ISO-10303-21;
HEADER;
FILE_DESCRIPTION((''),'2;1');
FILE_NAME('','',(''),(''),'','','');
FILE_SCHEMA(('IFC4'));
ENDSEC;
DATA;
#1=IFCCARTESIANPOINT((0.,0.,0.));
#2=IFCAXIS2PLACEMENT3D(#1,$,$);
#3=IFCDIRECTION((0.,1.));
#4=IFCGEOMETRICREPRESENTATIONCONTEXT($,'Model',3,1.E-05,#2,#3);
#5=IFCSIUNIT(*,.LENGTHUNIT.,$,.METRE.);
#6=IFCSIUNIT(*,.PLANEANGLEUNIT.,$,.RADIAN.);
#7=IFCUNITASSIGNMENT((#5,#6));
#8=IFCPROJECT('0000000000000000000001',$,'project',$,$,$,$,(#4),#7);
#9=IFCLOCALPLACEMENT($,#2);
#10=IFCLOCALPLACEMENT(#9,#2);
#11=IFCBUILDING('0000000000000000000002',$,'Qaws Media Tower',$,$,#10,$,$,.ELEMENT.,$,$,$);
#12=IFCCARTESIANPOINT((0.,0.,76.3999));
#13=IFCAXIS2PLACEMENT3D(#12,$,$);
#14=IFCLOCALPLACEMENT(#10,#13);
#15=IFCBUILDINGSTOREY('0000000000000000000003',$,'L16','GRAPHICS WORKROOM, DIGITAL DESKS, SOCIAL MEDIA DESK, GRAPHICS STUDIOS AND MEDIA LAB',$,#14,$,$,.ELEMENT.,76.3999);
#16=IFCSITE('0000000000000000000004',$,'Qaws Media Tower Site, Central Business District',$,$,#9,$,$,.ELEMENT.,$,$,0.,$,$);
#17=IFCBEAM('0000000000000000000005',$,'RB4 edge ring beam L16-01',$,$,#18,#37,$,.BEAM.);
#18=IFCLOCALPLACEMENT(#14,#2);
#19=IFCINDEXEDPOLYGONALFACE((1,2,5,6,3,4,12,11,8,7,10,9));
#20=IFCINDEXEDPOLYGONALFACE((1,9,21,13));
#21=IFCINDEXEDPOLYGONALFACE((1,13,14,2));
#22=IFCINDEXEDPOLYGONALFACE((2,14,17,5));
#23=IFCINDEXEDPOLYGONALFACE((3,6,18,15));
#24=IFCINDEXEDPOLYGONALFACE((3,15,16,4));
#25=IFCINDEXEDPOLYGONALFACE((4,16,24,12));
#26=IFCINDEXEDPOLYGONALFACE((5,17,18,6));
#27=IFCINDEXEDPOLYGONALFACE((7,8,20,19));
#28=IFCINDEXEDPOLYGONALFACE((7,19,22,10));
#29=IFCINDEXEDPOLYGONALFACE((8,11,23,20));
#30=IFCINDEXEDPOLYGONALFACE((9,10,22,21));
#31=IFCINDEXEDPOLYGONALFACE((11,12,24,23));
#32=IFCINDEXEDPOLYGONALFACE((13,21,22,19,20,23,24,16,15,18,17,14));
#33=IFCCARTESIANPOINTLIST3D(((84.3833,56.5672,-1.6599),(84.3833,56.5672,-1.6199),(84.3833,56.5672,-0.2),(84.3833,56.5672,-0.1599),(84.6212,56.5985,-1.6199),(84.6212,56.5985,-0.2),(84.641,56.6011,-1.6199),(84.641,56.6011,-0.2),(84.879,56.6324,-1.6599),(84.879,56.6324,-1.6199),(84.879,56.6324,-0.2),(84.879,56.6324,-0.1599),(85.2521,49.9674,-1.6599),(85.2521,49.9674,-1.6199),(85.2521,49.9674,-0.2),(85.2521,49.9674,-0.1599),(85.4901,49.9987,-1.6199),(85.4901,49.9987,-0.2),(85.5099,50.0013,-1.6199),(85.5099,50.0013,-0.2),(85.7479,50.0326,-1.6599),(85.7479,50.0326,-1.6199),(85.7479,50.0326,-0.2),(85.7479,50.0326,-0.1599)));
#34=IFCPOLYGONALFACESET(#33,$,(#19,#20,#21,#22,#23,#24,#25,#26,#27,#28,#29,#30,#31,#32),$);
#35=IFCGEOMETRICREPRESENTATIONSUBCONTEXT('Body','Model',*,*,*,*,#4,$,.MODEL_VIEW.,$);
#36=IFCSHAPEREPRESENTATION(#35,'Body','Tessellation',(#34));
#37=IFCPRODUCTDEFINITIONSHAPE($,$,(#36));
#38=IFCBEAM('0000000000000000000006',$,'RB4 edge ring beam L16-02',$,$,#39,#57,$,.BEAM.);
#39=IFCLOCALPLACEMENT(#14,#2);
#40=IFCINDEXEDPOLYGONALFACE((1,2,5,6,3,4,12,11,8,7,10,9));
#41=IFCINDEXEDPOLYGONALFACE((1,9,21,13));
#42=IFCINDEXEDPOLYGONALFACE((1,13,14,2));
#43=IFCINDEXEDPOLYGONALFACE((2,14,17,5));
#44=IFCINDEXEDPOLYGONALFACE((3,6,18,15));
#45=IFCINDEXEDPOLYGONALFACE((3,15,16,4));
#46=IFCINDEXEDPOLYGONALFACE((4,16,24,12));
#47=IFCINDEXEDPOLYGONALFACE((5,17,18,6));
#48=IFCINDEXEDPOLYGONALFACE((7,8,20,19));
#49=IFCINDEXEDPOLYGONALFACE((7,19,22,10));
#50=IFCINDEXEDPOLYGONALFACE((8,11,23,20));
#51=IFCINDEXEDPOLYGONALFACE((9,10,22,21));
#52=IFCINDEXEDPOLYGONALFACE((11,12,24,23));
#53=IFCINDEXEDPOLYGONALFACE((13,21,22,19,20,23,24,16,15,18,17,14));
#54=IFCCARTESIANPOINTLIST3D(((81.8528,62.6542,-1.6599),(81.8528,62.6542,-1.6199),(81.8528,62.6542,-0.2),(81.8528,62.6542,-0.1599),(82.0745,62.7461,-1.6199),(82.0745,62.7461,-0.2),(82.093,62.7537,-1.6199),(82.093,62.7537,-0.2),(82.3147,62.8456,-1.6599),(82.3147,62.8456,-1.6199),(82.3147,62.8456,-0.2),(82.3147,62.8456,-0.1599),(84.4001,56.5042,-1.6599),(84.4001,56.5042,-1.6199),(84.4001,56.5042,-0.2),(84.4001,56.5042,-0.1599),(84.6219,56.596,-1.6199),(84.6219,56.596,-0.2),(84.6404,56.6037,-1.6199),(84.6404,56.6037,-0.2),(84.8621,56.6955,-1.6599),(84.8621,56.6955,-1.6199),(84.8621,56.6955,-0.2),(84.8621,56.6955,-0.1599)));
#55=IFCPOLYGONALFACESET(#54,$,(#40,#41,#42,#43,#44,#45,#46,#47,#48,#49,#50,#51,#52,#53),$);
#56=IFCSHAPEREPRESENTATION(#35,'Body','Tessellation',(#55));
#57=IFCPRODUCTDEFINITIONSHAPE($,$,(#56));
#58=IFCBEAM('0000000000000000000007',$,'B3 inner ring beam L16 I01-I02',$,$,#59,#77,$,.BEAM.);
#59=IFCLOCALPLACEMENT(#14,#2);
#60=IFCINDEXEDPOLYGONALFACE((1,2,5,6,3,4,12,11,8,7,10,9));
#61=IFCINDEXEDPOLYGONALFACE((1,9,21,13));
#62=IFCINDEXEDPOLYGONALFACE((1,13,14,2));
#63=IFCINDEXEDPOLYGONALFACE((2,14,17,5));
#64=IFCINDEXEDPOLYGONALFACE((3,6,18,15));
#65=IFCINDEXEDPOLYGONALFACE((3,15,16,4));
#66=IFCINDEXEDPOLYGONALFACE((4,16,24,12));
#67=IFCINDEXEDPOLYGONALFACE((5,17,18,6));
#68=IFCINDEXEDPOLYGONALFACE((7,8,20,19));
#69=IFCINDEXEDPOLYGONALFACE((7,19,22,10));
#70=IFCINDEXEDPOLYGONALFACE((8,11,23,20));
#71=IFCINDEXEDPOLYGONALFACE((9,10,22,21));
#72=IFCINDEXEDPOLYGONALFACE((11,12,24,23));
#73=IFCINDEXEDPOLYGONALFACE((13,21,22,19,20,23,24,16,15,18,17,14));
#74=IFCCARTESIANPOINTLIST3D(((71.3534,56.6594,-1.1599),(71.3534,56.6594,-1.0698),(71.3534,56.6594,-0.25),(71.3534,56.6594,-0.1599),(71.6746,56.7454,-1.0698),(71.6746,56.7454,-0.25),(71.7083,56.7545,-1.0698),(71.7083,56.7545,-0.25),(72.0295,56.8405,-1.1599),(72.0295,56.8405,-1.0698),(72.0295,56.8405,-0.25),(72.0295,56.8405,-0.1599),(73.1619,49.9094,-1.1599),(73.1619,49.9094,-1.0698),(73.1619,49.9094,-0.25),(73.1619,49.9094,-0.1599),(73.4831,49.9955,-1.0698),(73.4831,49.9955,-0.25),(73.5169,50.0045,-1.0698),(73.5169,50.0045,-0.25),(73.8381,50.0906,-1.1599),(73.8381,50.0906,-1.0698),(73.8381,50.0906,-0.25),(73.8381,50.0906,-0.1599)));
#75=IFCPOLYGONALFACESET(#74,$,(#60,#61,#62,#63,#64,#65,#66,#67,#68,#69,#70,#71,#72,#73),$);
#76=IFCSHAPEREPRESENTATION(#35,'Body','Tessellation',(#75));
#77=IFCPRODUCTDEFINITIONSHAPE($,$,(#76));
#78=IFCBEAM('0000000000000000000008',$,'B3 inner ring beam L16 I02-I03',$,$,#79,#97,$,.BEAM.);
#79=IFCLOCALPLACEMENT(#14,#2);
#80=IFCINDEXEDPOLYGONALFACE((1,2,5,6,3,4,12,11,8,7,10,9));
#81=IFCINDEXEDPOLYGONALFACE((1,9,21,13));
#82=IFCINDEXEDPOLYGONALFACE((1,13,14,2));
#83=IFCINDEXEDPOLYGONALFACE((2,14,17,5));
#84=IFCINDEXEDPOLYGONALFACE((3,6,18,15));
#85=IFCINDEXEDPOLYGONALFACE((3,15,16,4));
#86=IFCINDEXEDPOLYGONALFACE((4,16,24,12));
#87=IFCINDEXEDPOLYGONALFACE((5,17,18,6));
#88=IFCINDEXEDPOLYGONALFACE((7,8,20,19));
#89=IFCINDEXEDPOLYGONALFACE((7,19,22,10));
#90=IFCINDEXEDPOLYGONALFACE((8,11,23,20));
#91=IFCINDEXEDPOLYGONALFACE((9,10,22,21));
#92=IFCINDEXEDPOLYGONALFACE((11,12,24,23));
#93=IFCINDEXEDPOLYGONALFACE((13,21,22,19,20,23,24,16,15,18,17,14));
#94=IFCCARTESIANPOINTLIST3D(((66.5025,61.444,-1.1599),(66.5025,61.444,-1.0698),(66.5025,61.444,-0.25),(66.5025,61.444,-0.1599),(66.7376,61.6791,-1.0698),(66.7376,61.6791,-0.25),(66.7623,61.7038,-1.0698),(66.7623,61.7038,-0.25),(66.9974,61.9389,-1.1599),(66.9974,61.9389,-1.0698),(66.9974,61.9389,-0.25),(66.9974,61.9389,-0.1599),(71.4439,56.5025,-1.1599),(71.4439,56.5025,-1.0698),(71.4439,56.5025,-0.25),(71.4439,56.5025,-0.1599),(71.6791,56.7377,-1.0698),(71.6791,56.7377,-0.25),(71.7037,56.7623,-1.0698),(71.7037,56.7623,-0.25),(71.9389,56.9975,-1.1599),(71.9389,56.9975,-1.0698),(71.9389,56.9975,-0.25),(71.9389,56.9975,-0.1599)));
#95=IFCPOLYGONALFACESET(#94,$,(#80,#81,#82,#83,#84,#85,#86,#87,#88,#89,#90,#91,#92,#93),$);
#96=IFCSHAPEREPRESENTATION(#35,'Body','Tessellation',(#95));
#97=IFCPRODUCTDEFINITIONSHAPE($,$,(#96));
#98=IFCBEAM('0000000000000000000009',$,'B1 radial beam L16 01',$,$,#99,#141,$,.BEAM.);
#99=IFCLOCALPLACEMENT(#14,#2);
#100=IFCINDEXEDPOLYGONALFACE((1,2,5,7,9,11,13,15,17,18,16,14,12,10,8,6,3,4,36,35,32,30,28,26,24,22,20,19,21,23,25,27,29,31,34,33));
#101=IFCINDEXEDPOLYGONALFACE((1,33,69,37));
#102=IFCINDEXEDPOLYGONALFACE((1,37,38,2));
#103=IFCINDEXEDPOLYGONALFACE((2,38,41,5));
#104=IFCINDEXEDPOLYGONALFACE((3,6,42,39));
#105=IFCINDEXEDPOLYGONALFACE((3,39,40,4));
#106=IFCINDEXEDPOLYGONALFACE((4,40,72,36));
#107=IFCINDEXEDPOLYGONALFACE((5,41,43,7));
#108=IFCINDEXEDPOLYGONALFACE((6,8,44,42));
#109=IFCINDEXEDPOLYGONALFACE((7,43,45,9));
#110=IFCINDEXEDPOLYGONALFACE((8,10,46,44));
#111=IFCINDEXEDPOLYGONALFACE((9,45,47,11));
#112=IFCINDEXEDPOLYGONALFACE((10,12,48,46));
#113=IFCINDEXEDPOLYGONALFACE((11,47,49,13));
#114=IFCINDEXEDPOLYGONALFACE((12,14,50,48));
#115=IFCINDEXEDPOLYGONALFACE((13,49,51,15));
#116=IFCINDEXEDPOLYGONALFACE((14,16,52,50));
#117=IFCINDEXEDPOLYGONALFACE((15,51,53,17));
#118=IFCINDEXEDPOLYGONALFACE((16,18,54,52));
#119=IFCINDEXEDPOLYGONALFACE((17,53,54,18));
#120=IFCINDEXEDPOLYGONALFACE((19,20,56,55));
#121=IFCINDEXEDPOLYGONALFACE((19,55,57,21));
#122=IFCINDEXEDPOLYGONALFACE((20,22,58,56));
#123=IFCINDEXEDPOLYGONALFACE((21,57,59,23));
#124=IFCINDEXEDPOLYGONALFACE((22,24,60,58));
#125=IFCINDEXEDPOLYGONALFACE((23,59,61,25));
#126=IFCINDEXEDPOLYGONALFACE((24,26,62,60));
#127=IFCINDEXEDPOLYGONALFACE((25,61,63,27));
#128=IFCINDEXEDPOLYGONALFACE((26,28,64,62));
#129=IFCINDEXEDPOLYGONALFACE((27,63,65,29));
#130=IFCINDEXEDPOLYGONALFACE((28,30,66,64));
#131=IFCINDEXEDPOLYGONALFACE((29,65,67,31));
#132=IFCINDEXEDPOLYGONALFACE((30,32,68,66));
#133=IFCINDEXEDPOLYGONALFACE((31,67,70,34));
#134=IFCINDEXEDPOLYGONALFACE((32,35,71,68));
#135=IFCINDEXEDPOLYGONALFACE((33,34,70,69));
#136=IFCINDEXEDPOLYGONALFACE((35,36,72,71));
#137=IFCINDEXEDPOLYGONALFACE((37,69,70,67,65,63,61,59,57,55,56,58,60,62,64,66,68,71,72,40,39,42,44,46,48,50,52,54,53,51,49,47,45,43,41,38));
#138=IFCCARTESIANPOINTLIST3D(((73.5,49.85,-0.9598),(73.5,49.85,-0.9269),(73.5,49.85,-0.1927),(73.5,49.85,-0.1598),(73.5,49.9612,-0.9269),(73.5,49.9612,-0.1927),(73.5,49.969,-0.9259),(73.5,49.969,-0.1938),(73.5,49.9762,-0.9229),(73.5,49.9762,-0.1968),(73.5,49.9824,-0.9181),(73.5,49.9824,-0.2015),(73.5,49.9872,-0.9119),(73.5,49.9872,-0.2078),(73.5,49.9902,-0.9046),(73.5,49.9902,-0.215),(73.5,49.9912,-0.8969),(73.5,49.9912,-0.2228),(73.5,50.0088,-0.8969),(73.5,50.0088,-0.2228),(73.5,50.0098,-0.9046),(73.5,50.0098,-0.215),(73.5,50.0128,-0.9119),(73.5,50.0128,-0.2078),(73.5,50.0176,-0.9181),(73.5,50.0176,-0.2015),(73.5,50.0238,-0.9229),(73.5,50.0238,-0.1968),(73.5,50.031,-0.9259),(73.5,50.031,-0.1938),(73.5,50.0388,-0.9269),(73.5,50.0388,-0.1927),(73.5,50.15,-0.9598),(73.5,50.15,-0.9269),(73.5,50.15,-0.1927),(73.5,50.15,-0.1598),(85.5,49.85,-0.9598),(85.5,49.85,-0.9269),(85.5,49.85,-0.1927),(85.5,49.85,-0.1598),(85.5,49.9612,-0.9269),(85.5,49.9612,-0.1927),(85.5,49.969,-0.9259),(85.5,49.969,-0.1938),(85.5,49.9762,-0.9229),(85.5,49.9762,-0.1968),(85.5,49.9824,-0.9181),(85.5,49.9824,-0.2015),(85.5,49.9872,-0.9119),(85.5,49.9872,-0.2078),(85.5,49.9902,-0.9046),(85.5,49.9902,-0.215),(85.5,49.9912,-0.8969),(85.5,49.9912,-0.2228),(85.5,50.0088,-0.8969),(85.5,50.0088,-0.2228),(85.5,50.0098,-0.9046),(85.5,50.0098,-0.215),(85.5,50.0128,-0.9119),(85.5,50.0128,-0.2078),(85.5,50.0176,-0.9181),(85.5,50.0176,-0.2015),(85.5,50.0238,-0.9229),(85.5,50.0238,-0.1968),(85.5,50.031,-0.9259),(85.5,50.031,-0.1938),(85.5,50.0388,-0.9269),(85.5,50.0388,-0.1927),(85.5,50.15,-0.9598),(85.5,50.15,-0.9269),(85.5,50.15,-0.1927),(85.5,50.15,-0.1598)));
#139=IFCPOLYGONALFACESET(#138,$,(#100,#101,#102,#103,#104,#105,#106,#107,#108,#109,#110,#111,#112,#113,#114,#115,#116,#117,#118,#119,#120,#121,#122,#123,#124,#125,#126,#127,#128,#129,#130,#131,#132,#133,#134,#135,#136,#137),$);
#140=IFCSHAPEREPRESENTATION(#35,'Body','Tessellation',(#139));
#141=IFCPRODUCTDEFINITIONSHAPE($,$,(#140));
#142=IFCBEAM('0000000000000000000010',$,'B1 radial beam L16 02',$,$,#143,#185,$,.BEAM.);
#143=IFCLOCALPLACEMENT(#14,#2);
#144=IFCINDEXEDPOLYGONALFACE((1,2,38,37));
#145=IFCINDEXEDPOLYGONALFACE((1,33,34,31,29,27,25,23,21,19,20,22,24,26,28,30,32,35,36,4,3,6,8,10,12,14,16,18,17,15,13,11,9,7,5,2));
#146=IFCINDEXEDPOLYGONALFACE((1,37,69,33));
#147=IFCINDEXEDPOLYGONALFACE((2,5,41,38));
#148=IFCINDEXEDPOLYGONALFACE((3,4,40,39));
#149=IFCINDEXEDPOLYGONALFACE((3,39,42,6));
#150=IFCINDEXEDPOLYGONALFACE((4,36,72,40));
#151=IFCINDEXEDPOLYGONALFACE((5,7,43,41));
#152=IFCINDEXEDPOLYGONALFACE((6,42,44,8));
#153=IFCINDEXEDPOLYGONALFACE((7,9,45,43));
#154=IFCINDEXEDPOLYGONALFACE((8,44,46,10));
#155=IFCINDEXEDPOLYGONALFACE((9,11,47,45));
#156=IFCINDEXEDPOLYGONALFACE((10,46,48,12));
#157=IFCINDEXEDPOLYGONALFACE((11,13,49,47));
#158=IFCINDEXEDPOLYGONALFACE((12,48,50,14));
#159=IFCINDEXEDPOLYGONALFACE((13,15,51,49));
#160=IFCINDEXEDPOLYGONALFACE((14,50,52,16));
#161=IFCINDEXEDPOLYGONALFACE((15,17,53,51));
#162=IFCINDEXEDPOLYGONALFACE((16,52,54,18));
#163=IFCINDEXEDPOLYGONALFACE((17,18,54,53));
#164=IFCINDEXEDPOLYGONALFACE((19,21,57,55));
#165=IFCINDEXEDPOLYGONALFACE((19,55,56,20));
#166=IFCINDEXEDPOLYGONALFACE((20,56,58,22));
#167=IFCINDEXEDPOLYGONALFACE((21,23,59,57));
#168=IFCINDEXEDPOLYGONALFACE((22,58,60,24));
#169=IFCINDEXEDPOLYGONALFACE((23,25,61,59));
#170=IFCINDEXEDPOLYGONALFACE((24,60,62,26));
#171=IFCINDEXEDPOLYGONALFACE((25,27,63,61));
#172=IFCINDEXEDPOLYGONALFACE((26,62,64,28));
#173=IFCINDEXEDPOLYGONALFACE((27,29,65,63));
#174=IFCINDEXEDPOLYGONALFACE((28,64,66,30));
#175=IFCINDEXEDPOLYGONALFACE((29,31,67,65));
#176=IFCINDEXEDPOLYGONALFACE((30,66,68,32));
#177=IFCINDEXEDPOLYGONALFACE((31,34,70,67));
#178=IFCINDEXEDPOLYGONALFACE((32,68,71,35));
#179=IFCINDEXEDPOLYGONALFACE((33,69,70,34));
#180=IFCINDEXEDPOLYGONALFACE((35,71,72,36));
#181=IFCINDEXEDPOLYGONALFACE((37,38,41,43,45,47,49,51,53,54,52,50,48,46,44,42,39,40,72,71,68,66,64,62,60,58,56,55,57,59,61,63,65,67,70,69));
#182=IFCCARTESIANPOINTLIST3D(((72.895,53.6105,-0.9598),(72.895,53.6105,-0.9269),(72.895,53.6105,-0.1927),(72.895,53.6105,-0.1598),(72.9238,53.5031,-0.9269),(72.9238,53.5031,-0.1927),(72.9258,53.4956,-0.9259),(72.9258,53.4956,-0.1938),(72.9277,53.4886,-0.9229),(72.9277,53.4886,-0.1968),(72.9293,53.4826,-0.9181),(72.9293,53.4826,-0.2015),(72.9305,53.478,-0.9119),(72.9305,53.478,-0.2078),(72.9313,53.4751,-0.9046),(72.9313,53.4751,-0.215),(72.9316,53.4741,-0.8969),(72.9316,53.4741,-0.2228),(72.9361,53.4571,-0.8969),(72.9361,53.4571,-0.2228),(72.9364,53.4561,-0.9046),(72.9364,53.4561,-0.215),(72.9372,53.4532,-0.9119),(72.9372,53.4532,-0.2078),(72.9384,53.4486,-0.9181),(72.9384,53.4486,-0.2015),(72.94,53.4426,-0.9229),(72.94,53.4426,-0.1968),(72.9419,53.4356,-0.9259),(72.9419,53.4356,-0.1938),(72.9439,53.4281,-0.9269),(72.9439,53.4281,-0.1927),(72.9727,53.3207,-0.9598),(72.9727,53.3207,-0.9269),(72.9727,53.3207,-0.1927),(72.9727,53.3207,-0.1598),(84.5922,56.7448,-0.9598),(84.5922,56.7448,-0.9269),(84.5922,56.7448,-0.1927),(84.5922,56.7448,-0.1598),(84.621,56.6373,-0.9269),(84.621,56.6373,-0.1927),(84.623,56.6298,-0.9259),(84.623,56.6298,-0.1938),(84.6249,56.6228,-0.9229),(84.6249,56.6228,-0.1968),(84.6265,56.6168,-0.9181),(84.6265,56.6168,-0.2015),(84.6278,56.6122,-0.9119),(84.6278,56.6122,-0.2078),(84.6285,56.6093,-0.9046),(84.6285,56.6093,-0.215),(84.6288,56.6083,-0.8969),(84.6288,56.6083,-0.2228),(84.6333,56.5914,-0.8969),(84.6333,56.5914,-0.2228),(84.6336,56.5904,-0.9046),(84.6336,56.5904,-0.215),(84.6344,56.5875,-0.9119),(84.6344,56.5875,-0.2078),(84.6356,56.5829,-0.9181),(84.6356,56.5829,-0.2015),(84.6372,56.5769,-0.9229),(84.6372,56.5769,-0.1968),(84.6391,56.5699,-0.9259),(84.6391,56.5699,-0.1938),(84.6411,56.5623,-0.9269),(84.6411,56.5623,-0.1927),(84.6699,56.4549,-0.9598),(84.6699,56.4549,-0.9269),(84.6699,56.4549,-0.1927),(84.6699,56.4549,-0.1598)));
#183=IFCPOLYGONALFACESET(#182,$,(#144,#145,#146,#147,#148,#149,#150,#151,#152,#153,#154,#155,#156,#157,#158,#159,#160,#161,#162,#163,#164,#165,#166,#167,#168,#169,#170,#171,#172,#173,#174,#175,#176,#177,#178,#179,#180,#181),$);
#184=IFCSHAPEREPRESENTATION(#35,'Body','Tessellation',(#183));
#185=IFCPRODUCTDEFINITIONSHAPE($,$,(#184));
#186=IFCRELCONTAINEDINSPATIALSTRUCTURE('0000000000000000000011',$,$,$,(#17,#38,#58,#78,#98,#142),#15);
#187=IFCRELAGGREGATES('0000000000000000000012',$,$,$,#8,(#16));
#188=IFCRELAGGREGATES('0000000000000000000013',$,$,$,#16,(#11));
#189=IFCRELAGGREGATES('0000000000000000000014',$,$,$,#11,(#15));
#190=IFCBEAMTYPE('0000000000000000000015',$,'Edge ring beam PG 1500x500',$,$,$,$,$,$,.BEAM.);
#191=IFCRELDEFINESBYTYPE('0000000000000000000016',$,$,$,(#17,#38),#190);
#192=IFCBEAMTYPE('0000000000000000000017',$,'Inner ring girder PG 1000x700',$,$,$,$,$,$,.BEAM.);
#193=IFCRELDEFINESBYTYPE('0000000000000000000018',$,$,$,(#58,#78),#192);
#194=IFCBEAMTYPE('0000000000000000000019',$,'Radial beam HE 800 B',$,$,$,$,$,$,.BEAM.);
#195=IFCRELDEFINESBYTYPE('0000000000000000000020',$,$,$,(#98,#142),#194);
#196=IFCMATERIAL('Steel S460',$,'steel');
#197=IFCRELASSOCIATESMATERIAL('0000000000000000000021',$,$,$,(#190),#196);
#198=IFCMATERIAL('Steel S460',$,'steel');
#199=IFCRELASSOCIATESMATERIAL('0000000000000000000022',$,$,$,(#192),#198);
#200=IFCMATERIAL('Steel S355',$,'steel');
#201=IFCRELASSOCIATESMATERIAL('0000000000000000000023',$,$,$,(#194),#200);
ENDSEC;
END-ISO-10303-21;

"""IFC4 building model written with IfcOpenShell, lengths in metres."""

from ifc_helpers import new_model, si_unit, direction, frame, origin, origin_2d, place, context, subcontext, project, spatial, i_section, extrude, material, material_profile, profile_set, type_object, element, save


model = new_model("IFC4")

# Units and contexts
model_context = context("Model", 3, precision=1e-05, world=origin(), true_north=direction((0.0, 1.0)))
body_context = subcontext(model_context, "Body", "Model", "MODEL_VIEW")
ifc_project = project(units=[si_unit("LENGTHUNIT", "METRE"), si_unit("PLANEANGLEUNIT", "RADIAN")], contexts=[model_context])

# Site, building, storey
site_placement = place(None, origin())
site = spatial("IfcSite", under=ifc_project, at=site_placement, Name="Qaws Media Tower Site, Central Business District", CompositionType="ELEMENT", RefElevation=0.0)
building_placement = place(site_placement, origin())
building = spatial("IfcBuilding", under=site, at=building_placement, Name="Qaws Media Tower", CompositionType="ELEMENT")
storey_placement = place(building_placement, frame((0.0, 0.0, 76.3999)))
storey = spatial("IfcBuildingStorey", under=building, at=storey_placement, Name="L16", Description="GRAPHICS WORKROOM, DIGITAL DESKS, SOCIAL MEDIA DESK, GRAPHICS STUDIOS AND MEDIA LAB", CompositionType="ELEMENT", Elevation=76.3999)

# Beams
ifc_material_1 = material(Name="Steel S460", Category="steel")
ifc_material_profile_1 = material_profile(ifc_material_1, i_section(OverallWidth=0.5, OverallDepth=1.5, WebThickness=0.02, FlangeThickness=0.04, at=origin_2d()), Name="PG 1500x500")
ifc_profile_set_1 = profile_set([ifc_material_profile_1], Name="Steel S460")
beam_type_1 = type_object("IfcBeamType", Name="Edge ring beam PG 1500x500", PredefinedType="BEAM", material=ifc_profile_set_1)
for number, where, z_axis, x_axis, name in (
    (1, (85.5, 50.0, -0.9099), (-0.130528, 0.991445, 0.0), (-0.991445, -0.130528, 0.0), "RB4 edge ring beam L16-01"),
    (2, (84.6311, 56.5999, -0.9099), (-0.382669, 0.923885, 0.0), (-0.923885, -0.382669, 0.0), "RB4 edge ring beam L16-02"),
):
    element("IfcBeam", number, at=place(storey_placement, frame(where, z_axis=z_axis, x_axis=x_axis)), inside=storey, type_object=beam_type_1, Name=name, PredefinedType="BEAM", context=body_context, shape_type="SweptSolid", body=[
        extrude(i_section(OverallWidth=0.5, OverallDepth=1.5, WebThickness=0.02, FlangeThickness=0.04, at=origin_2d()), origin(), (0.0, 0.0, 1.0), 6.6567),
    ])
ifc_material_2 = material(Name="Steel S460", Category="steel")
ifc_material_profile_2 = material_profile(ifc_material_2, i_section(OverallWidth=0.7, OverallDepth=1.0, WebThickness=0.0349, FlangeThickness=0.0901, at=origin_2d()), Name="PG 1000x700")
ifc_profile_set_2 = profile_set([ifc_material_profile_2], Name="Steel S460")
beam_type_2 = type_object("IfcBeamType", Name="Inner ring girder PG 1000x700", PredefinedType="BEAM", material=ifc_profile_set_2)
beam_1_placement = place(storey_placement, frame((73.5, 50.0, -0.6599), z_axis=(-0.258811, 0.965928, 0.0), x_axis=(-0.965928, -0.258811, 0.0)))
element("IfcBeam", 3, at=beam_1_placement, inside=storey, type_object=beam_type_2, Name="B3 inner ring beam L16 I01-I02", PredefinedType="BEAM", context=body_context, shape_type="SweptSolid", body=[
    extrude(i_section(OverallWidth=0.7, OverallDepth=1.0, WebThickness=0.0349, FlangeThickness=0.0901, at=origin_2d()), origin(), (0.0, 0.0, 1.0), 6.988),
])
beam_2_placement = place(storey_placement, frame((71.6914, 56.75, -0.6599), z_axis=(-0.707107, 0.707107, 0.0), x_axis=(-0.707107, -0.707107, 0.0)))
element("IfcBeam", 4, at=beam_2_placement, inside=storey, type_object=beam_type_2, Name="B3 inner ring beam L16 I02-I03", PredefinedType="BEAM", context=body_context, shape_type="SweptSolid", body=[
    extrude(i_section(OverallWidth=0.7, OverallDepth=1.0, WebThickness=0.0349, FlangeThickness=0.0901, at=origin_2d()), origin(), (0.0, 0.0, 1.0), 6.9883),
])
ifc_material_3 = material(Name="Steel S355", Category="steel")
ifc_material_profile_3 = material_profile(ifc_material_3, i_section(OverallWidth=0.3, OverallDepth=0.8, WebThickness=0.0176, FlangeThickness=0.033, FilletRadius=0.03, at=origin_2d()), Name="HE 800 B")
ifc_profile_set_3 = profile_set([ifc_material_profile_3], Name="Steel S355")
beam_type_3 = type_object("IfcBeamType", Name="Radial beam HE 800 B", PredefinedType="BEAM", material=ifc_profile_set_3)
beam_3_placement = place(storey_placement, frame((73.5, 50.0, -0.5598), z_axis=(1.0, 0.0, 0.0), x_axis=(0.0, 1.0, 0.0)))
element("IfcBeam", 5, at=beam_3_placement, inside=storey, type_object=beam_type_3, Name="B1 radial beam L16 01", PredefinedType="BEAM", context=body_context, shape_type="SweptSolid", body=[
    extrude(i_section(OverallWidth=0.3, OverallDepth=0.8, WebThickness=0.0176, FlangeThickness=0.033, FilletRadius=0.03, at=origin_2d()), origin(), (0.0, 0.0, 1.0), 12.0),
])
beam_4_placement = place(storey_placement, frame((72.9338, 53.4656, -0.5598), z_axis=(0.965926, 0.258819, 0.0), x_axis=(-0.258819, 0.965926, 0.0)))
element("IfcBeam", 6, at=beam_4_placement, inside=storey, type_object=beam_type_3, Name="B1 radial beam L16 02", PredefinedType="BEAM", context=body_context, shape_type="SweptSolid", body=[
    extrude(i_section(OverallWidth=0.3, OverallDepth=0.8, WebThickness=0.0176, FlangeThickness=0.033, FilletRadius=0.03, at=origin_2d()), origin(), (0.0, 0.0, 1.0), 12.1099),
])

save(model, "model.ifc")
